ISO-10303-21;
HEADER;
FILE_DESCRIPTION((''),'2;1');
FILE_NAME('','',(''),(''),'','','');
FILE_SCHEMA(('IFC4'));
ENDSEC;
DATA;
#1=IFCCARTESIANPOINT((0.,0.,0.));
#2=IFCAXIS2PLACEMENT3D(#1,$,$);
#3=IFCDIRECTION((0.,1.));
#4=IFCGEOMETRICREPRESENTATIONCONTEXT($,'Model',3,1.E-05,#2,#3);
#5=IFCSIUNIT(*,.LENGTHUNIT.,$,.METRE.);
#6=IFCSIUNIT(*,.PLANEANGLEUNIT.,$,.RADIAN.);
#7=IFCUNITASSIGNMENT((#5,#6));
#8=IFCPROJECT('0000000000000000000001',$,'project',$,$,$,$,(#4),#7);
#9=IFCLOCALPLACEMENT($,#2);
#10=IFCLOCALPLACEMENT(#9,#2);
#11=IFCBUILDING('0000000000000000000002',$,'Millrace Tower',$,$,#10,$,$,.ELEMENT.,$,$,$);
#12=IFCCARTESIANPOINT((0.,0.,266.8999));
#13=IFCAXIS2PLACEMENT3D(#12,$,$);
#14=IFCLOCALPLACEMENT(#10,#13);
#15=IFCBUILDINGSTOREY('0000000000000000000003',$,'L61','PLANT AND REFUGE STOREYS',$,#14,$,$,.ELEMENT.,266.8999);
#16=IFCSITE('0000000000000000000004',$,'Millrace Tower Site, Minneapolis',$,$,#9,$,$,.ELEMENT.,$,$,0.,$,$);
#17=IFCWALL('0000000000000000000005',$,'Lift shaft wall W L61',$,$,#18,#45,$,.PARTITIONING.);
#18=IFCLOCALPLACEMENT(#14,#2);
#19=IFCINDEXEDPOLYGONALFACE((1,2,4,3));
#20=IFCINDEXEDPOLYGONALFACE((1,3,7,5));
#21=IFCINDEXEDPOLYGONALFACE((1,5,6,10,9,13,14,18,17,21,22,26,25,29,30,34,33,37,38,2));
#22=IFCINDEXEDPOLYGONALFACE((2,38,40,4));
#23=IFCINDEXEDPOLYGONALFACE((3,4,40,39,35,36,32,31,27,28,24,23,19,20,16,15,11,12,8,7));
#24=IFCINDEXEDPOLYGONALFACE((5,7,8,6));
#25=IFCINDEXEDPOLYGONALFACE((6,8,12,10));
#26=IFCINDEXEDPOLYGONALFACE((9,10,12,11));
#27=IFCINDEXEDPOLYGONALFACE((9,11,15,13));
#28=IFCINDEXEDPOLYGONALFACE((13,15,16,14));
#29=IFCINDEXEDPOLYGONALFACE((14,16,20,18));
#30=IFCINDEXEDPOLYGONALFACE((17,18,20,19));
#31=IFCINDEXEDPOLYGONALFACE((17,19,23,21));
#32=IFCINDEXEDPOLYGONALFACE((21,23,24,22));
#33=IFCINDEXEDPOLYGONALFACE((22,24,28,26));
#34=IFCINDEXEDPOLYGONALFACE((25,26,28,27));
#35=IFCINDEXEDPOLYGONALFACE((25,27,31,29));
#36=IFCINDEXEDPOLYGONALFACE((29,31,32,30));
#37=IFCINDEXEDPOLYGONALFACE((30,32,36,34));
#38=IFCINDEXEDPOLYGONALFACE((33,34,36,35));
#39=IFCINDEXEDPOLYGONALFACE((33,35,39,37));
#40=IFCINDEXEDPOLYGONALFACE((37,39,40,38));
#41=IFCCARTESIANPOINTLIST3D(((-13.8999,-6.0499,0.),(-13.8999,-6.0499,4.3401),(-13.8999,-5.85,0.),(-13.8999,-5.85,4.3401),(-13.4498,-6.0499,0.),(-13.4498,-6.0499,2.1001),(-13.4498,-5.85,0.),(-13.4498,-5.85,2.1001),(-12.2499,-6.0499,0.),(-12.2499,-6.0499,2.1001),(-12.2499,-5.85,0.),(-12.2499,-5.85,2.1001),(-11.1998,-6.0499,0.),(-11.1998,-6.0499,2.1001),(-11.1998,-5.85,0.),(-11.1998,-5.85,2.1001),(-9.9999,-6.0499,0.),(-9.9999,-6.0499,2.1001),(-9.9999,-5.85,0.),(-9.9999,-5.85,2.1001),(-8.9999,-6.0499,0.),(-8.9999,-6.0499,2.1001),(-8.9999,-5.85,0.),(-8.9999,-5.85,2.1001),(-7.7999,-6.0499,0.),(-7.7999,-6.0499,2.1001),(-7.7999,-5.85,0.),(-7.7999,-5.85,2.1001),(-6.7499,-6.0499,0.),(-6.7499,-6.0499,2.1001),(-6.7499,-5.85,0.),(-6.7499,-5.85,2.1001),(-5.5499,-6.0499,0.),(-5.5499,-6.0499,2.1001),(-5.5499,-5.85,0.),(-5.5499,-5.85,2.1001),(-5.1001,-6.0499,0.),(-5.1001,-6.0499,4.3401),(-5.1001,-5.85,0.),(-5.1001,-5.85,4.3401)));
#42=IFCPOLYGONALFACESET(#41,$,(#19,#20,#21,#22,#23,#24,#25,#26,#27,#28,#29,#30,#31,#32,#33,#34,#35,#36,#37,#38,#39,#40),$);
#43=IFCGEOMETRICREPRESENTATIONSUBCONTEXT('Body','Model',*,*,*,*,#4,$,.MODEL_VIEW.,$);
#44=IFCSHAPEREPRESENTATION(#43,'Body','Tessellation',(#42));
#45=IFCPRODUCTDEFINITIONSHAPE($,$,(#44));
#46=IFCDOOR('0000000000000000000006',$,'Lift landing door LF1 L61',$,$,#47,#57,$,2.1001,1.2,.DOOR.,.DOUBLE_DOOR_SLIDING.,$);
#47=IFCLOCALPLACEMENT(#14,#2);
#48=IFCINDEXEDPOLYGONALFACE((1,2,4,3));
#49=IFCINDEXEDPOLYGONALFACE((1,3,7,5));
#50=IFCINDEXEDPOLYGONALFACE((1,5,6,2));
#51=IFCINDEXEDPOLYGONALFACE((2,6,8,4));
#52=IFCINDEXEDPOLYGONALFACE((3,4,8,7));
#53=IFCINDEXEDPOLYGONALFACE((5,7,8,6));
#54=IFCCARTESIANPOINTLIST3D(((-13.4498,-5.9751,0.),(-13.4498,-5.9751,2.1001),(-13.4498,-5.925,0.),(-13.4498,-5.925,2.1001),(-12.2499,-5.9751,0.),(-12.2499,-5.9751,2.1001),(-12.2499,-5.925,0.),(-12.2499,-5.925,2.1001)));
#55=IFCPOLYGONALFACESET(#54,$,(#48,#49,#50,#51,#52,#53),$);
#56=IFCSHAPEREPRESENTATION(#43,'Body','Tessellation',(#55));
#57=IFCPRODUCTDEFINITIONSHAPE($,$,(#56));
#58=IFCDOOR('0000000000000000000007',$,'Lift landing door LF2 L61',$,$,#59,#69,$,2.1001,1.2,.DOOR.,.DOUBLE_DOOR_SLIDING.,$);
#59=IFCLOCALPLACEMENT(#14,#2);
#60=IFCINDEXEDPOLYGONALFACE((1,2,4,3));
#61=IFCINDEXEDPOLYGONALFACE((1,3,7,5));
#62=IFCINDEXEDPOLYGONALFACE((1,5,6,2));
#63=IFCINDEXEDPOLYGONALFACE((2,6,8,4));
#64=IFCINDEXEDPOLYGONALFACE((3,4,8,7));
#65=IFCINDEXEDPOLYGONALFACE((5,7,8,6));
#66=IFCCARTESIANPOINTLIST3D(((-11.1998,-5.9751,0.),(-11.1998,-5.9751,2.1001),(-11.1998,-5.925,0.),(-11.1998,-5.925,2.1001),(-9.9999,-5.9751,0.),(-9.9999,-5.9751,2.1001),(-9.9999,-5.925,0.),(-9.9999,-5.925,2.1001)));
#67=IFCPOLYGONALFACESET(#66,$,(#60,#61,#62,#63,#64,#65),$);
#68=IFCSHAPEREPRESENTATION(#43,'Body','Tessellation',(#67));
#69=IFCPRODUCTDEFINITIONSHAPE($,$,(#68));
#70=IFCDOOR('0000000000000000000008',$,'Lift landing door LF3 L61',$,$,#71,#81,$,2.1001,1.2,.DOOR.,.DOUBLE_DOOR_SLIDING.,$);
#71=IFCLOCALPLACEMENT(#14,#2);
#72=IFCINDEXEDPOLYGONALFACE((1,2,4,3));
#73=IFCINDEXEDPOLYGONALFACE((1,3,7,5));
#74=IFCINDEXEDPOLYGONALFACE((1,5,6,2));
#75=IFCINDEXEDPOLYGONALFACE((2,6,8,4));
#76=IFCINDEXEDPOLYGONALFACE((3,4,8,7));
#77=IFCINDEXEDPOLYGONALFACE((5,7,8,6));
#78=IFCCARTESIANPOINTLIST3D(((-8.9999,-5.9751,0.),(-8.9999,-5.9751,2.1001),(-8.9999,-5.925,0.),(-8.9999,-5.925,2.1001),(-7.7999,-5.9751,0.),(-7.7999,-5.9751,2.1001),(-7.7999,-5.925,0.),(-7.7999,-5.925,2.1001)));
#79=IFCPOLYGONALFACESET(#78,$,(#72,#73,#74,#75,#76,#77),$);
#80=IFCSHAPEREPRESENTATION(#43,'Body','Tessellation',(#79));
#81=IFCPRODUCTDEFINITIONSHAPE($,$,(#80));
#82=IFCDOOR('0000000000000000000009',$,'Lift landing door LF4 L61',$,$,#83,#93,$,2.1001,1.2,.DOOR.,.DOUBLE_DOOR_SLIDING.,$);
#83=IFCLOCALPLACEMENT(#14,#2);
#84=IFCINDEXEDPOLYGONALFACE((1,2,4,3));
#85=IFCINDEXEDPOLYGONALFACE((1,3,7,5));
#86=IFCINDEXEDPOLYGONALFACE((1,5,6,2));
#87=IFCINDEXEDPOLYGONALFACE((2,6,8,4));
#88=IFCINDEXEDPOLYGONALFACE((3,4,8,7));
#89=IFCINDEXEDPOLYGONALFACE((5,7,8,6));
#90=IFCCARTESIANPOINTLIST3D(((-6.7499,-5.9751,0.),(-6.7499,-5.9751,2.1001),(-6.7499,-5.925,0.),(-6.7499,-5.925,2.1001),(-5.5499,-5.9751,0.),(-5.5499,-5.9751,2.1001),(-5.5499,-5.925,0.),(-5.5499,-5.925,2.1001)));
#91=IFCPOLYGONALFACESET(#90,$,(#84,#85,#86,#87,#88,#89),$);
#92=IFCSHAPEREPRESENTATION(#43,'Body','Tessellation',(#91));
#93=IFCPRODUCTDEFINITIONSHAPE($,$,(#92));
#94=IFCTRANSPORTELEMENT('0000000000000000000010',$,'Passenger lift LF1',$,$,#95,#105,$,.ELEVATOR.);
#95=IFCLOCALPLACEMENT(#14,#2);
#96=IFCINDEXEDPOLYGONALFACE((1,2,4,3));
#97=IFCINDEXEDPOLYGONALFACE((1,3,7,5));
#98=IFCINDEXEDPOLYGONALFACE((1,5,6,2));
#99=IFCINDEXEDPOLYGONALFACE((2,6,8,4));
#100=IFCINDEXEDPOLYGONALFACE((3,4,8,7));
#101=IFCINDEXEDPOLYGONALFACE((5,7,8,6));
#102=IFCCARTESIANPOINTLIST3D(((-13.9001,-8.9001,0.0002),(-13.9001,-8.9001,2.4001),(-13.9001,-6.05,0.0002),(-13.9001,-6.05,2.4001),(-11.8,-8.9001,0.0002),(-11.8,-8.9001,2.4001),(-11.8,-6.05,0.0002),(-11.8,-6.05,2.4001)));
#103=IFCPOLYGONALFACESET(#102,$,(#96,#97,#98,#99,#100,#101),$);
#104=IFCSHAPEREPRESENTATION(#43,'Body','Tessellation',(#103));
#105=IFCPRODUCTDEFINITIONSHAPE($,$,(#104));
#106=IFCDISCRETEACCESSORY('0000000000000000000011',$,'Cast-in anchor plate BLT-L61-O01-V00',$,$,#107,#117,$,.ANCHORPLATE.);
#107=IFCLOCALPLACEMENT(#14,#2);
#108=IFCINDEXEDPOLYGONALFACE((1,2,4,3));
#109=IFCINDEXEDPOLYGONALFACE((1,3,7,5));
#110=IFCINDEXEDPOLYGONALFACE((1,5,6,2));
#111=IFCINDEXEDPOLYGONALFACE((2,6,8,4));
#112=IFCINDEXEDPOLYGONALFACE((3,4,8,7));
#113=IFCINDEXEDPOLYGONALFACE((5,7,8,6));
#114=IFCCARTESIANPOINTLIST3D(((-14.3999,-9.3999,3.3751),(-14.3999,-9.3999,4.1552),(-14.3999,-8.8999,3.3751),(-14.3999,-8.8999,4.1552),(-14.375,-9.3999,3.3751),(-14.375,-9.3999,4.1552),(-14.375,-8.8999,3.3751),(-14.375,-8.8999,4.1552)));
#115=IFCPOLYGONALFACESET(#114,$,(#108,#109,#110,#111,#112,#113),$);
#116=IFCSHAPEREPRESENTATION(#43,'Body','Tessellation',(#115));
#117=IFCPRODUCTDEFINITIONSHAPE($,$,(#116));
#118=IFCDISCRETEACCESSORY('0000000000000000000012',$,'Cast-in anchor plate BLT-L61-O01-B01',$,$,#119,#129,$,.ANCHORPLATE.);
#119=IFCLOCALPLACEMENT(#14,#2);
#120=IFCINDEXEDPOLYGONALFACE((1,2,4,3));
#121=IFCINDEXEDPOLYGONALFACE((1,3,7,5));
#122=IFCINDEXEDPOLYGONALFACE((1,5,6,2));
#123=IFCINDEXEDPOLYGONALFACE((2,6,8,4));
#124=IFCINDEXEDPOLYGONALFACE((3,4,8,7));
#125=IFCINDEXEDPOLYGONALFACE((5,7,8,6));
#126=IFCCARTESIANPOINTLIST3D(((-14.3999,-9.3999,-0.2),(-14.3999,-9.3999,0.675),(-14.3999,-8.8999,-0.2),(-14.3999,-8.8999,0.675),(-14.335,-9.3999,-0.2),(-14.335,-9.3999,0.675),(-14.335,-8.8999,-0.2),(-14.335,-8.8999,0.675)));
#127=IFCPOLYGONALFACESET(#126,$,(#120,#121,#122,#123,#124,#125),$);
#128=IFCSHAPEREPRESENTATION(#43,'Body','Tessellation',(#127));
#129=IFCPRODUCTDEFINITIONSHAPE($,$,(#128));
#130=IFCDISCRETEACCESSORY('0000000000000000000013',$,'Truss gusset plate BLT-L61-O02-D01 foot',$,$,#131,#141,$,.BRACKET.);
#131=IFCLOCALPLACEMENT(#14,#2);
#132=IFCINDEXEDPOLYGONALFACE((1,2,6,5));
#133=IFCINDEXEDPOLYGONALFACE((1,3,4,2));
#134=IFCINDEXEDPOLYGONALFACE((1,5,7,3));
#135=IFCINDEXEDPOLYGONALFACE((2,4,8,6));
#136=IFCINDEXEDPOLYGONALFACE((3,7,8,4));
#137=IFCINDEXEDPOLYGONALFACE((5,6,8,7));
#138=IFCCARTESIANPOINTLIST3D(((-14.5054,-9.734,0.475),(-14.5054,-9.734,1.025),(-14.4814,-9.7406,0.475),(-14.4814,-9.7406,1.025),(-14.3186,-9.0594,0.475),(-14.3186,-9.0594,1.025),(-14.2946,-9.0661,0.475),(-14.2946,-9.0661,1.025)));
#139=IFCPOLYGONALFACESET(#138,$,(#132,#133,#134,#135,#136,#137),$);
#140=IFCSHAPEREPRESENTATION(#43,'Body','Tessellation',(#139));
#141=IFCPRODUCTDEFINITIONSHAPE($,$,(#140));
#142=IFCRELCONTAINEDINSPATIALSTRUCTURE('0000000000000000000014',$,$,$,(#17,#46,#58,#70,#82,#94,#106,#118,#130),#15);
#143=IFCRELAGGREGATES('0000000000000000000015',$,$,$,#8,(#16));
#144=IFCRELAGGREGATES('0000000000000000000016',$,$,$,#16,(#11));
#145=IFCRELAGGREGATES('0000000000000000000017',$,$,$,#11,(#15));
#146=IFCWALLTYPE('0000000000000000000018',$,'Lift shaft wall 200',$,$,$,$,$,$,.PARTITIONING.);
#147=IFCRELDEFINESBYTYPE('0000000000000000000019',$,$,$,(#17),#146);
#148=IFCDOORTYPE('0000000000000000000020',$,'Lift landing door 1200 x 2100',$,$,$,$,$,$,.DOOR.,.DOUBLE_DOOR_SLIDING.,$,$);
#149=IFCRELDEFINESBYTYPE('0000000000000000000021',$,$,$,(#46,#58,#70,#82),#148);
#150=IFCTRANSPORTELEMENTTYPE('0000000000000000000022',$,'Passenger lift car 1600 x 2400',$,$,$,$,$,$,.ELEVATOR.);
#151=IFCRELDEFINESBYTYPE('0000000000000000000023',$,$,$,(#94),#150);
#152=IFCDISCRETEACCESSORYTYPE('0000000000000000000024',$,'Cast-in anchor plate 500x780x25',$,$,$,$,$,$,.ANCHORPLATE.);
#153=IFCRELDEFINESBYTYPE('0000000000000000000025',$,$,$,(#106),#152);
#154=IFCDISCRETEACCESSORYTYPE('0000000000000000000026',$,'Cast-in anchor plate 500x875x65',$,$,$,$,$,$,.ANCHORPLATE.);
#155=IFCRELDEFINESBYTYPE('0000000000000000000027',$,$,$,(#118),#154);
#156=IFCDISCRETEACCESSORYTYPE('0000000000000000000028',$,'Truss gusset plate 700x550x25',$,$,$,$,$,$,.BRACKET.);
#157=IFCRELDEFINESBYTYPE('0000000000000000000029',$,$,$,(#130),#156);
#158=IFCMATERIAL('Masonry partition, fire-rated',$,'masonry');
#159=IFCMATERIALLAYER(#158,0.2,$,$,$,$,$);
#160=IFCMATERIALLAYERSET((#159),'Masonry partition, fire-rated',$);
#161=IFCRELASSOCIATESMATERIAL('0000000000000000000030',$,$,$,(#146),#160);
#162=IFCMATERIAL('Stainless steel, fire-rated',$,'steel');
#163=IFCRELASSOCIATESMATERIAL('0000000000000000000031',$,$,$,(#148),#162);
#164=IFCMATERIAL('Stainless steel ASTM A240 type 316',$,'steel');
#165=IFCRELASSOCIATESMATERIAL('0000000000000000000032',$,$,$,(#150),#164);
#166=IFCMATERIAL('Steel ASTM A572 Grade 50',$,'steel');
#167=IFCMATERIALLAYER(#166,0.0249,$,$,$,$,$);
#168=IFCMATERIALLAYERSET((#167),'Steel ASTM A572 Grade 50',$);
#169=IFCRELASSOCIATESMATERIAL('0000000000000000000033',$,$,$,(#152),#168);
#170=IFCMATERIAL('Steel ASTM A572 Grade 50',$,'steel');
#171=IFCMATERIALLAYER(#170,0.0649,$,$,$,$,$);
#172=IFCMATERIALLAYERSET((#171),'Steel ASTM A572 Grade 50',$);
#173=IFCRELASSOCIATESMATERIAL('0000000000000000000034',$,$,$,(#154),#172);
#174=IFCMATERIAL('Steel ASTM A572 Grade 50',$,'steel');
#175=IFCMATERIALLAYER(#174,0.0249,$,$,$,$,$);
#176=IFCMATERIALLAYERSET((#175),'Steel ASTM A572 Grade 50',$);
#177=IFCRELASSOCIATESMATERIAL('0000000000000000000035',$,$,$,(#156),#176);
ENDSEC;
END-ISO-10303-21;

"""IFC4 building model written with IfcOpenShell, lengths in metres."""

from ifc_helpers import new_model, si_unit, direction, frame, frame_2d, origin, origin_2d, place, context, subcontext, project, spatial, rectangle, extrude, material, layer, layer_set, type_object, element, fill, save


model = new_model("IFC4")

# Units and contexts
model_context = context("Model", 3, precision=1e-05, world=origin(), true_north=direction((0.0, 1.0)))
body_context = subcontext(model_context, "Body", "Model", "MODEL_VIEW")
ifc_project = project(units=[si_unit("LENGTHUNIT", "METRE"), si_unit("PLANEANGLEUNIT", "RADIAN")], contexts=[model_context])

# Site, building, storey
site_placement = place(None, origin())
site = spatial("IfcSite", under=ifc_project, at=site_placement, Name="Millrace Tower Site, Minneapolis", CompositionType="ELEMENT", RefElevation=0.0)
building_placement = place(site_placement, origin())
building = spatial("IfcBuilding", under=site, at=building_placement, Name="Millrace Tower", CompositionType="ELEMENT")
storey_placement = place(building_placement, frame((0.0, 0.0, 266.8999)))
storey = spatial("IfcBuildingStorey", under=building, at=storey_placement, Name="L61", Description="PLANT AND REFUGE STOREYS", CompositionType="ELEMENT", Elevation=266.8999)

# Wall, openings, doors
ifc_material_1 = material(Name="Masonry partition, fire-rated", Category="masonry")
ifc_layer_1 = layer(ifc_material_1, 0.2)
ifc_layer_set_1 = layer_set([ifc_layer_1], Name="Masonry partition, fire-rated")
wall_type_1 = type_object("IfcWallType", Name="Lift shaft wall 200", PredefinedType="PARTITIONING", material=ifc_layer_set_1)
wall_1_placement = place(storey_placement, frame((-13.8999, -5.95, 0.0), z_axis=(0.0, 0.0, 1.0), x_axis=(1.0, 0.0, 0.0)))
wall_1 = element("IfcWall", 1, at=wall_1_placement, inside=storey, type_object=wall_type_1, Name="Lift shaft wall W L61", PredefinedType="PARTITIONING", context=body_context, shape_type="SweptSolid", body=[
    extrude(rectangle(XDim=8.7998, YDim=0.2, at=frame_2d((4.3999, 0.0))), origin(), (0.0, 0.0, 1.0), 4.3401),
])
opening_1_placement = place(wall_1_placement, frame((0.45, 0.0, 0.0)))
opening_1 = element("IfcOpeningElement", 2, at=opening_1_placement, cuts=wall_1, PredefinedType="OPENING", context=body_context, shape_type="SweptSolid", body=[
    extrude(rectangle(XDim=1.2, YDim=2.1001, at=frame_2d((0.6001, 1.05))), frame((0.0, 0.1099, 0.0), z_axis=(0.0, -1.0, 0.0), x_axis=(1.0, 0.0, 0.0)), (0.0, 0.0, 1.0), 0.22),
])
opening_2_placement = place(wall_1_placement, frame((2.7, 0.0, 0.0)))
opening_2 = element("IfcOpeningElement", 3, at=opening_2_placement, cuts=wall_1, PredefinedType="OPENING", context=body_context, shape_type="SweptSolid", body=[
    extrude(rectangle(XDim=1.2, YDim=2.1001, at=frame_2d((0.6001, 1.05))), frame((0.0, 0.1099, 0.0), z_axis=(0.0, -1.0, 0.0), x_axis=(1.0, 0.0, 0.0)), (0.0, 0.0, 1.0), 0.22),
])
opening_3_placement = place(wall_1_placement, frame((4.8999, 0.0, 0.0)))
opening_3 = element("IfcOpeningElement", 4, at=opening_3_placement, cuts=wall_1, PredefinedType="OPENING", context=body_context, shape_type="SweptSolid", body=[
    extrude(rectangle(XDim=1.2, YDim=2.1001, at=frame_2d((0.6001, 1.05))), frame((0.0, 0.1099, 0.0), z_axis=(0.0, -1.0, 0.0), x_axis=(1.0, 0.0, 0.0)), (0.0, 0.0, 1.0), 0.22),
])
opening_4_placement = place(wall_1_placement, frame((7.1499, 0.0, 0.0)))
opening_4 = element("IfcOpeningElement", 5, at=opening_4_placement, cuts=wall_1, PredefinedType="OPENING", context=body_context, shape_type="SweptSolid", body=[
    extrude(rectangle(XDim=1.2, YDim=2.1001, at=frame_2d((0.6001, 1.05))), frame((0.0, 0.1099, 0.0), z_axis=(0.0, -1.0, 0.0), x_axis=(1.0, 0.0, 0.0)), (0.0, 0.0, 1.0), 0.22),
])
ifc_material_2 = material(Name="Stainless steel, fire-rated", Category="steel")
door_type = type_object("IfcDoorType", Name="Lift landing door 1200 x 2100", OperationType="DOUBLE_DOOR_SLIDING", PredefinedType="DOOR", material=ifc_material_2)
door_1_placement = place(opening_1_placement, origin())
door_1 = element("IfcDoor", 6, at=door_1_placement, inside=storey, type_object=door_type, Name="Lift landing door LF1 L61", OperationType="DOUBLE_DOOR_SLIDING", OverallHeight=2.1001, OverallWidth=1.2, PredefinedType="DOOR", context=body_context, shape_type="SweptSolid", body=[
    extrude(rectangle(XDim=1.2, YDim=2.1001, at=frame_2d((0.6001, 1.05))), frame((0.0, 0.0249, 0.0), z_axis=(0.0, -1.0, 0.0), x_axis=(1.0, 0.0, 0.0)), (0.0, 0.0, 1.0), 0.05),
])
fill(opening_1, door_1)
door_2_placement = place(opening_2_placement, origin())
door_2 = element("IfcDoor", 7, at=door_2_placement, inside=storey, type_object=door_type, Name="Lift landing door LF2 L61", OperationType="DOUBLE_DOOR_SLIDING", OverallHeight=2.1001, OverallWidth=1.2, PredefinedType="DOOR", context=body_context, shape_type="SweptSolid", body=[
    extrude(rectangle(XDim=1.2, YDim=2.1001, at=frame_2d((0.6001, 1.05))), frame((0.0, 0.0249, 0.0), z_axis=(0.0, -1.0, 0.0), x_axis=(1.0, 0.0, 0.0)), (0.0, 0.0, 1.0), 0.05),
])
fill(opening_2, door_2)
door_3_placement = place(opening_3_placement, origin())
door_3 = element("IfcDoor", 8, at=door_3_placement, inside=storey, type_object=door_type, Name="Lift landing door LF3 L61", OperationType="DOUBLE_DOOR_SLIDING", OverallHeight=2.1001, OverallWidth=1.2, PredefinedType="DOOR", context=body_context, shape_type="SweptSolid", body=[
    extrude(rectangle(XDim=1.2, YDim=2.1001, at=frame_2d((0.6001, 1.05))), frame((0.0, 0.0249, 0.0), z_axis=(0.0, -1.0, 0.0), x_axis=(1.0, 0.0, 0.0)), (0.0, 0.0, 1.0), 0.05),
])
fill(opening_3, door_3)
door_4_placement = place(opening_4_placement, origin())
door_4 = element("IfcDoor", 9, at=door_4_placement, inside=storey, type_object=door_type, Name="Lift landing door LF4 L61", OperationType="DOUBLE_DOOR_SLIDING", OverallHeight=2.1001, OverallWidth=1.2, PredefinedType="DOOR", context=body_context, shape_type="SweptSolid", body=[
    extrude(rectangle(XDim=1.2, YDim=2.1001, at=frame_2d((0.6001, 1.05))), frame((0.0, 0.0249, 0.0), z_axis=(0.0, -1.0, 0.0), x_axis=(1.0, 0.0, 0.0)), (0.0, 0.0, 1.0), 0.05),
])
fill(opening_4, door_4)

# Transport element
ifc_material_3 = material(Name="Stainless steel ASTM A240 type 316", Category="steel")
transport_element_type = type_object("IfcTransportElementType", Name="Passenger lift car 1600 x 2400", PredefinedType="ELEVATOR", material=ifc_material_3)
transport_element_placement = place(storey_placement, frame((-12.8501, -7.4751, 0.0002), z_axis=(0.0, 0.0, 1.0), x_axis=(1.0, 0.0, 0.0)))
element("IfcTransportElement", 10, at=transport_element_placement, inside=storey, type_object=transport_element_type, Name="Passenger lift LF1", PredefinedType="ELEVATOR", context=body_context, shape_type="SweptSolid", body=[
    extrude(rectangle(XDim=2.1001, YDim=2.8501, at=origin_2d()), origin(), (0.0, 0.0, 1.0), 2.3999),
])

# Discrete accessories
ifc_material_4 = material(Name="Steel ASTM A572 Grade 50", Category="steel")
ifc_layer_2 = layer(ifc_material_4, 0.0249)
ifc_layer_set_2 = layer_set([ifc_layer_2], Name="Steel ASTM A572 Grade 50")
discrete_accessory_type_1 = type_object("IfcDiscreteAccessoryType", Name="Cast-in anchor plate 500x780x25", PredefinedType="ANCHORPLATE", material=ifc_layer_set_2)
discrete_accessory_1_placement = place(storey_placement, frame((-14.375, -9.1499, 3.7651), z_axis=(-1.0, 0.0, 0.0), x_axis=(0.0, -1.0, 0.0)))
element("IfcDiscreteAccessory", 11, at=discrete_accessory_1_placement, inside=storey, type_object=discrete_accessory_type_1, Name="Cast-in anchor plate BLT-L61-O01-V00", PredefinedType="ANCHORPLATE", context=body_context, shape_type="SweptSolid", body=[
    extrude(rectangle(XDim=0.5, YDim=0.78, at=origin_2d()), origin(), (0.0, 0.0, 1.0), 0.0249),
])
ifc_material_5 = material(Name="Steel ASTM A572 Grade 50", Category="steel")
ifc_layer_3 = layer(ifc_material_5, 0.0649)
ifc_layer_set_3 = layer_set([ifc_layer_3], Name="Steel ASTM A572 Grade 50")
discrete_accessory_type_2 = type_object("IfcDiscreteAccessoryType", Name="Cast-in anchor plate 500x875x65", PredefinedType="ANCHORPLATE", material=ifc_layer_set_3)
discrete_accessory_2_placement = place(storey_placement, frame((-14.335, -9.1499, 0.2375), z_axis=(-1.0, 0.0, 0.0), x_axis=(0.0, -1.0, 0.0)))
element("IfcDiscreteAccessory", 12, at=discrete_accessory_2_placement, inside=storey, type_object=discrete_accessory_type_2, Name="Cast-in anchor plate BLT-L61-O01-B01", PredefinedType="ANCHORPLATE", context=body_context, shape_type="SweptSolid", body=[
    extrude(rectangle(XDim=0.5, YDim=0.875, at=origin_2d()), origin(), (0.0, 0.0, 1.0), 0.0649),
])
ifc_material_6 = material(Name="Steel ASTM A572 Grade 50", Category="steel")
ifc_layer_4 = layer(ifc_material_6, 0.0249)
ifc_layer_set_4 = layer_set([ifc_layer_4], Name="Steel ASTM A572 Grade 50")
discrete_accessory_type_3 = type_object("IfcDiscreteAccessoryType", Name="Truss gusset plate 700x550x25", PredefinedType="BRACKET", material=ifc_layer_set_4)
discrete_accessory_3_placement = place(storey_placement, frame((-14.4934, -9.7373, 0.75), z_axis=(0.266834, 0.963742, 0.0), x_axis=(-0.963742, 0.266834, 0.0)))
element("IfcDiscreteAccessory", 13, at=discrete_accessory_3_placement, inside=storey, type_object=discrete_accessory_type_3, Name="Truss gusset plate BLT-L61-O02-D01 foot", PredefinedType="BRACKET", context=body_context, shape_type="SweptSolid", body=[
    extrude(rectangle(XDim=0.0249, YDim=0.55, at=origin_2d()), origin(), (0.0, 0.0, 1.0), 0.7),
])

save(model, "model.ifc")
